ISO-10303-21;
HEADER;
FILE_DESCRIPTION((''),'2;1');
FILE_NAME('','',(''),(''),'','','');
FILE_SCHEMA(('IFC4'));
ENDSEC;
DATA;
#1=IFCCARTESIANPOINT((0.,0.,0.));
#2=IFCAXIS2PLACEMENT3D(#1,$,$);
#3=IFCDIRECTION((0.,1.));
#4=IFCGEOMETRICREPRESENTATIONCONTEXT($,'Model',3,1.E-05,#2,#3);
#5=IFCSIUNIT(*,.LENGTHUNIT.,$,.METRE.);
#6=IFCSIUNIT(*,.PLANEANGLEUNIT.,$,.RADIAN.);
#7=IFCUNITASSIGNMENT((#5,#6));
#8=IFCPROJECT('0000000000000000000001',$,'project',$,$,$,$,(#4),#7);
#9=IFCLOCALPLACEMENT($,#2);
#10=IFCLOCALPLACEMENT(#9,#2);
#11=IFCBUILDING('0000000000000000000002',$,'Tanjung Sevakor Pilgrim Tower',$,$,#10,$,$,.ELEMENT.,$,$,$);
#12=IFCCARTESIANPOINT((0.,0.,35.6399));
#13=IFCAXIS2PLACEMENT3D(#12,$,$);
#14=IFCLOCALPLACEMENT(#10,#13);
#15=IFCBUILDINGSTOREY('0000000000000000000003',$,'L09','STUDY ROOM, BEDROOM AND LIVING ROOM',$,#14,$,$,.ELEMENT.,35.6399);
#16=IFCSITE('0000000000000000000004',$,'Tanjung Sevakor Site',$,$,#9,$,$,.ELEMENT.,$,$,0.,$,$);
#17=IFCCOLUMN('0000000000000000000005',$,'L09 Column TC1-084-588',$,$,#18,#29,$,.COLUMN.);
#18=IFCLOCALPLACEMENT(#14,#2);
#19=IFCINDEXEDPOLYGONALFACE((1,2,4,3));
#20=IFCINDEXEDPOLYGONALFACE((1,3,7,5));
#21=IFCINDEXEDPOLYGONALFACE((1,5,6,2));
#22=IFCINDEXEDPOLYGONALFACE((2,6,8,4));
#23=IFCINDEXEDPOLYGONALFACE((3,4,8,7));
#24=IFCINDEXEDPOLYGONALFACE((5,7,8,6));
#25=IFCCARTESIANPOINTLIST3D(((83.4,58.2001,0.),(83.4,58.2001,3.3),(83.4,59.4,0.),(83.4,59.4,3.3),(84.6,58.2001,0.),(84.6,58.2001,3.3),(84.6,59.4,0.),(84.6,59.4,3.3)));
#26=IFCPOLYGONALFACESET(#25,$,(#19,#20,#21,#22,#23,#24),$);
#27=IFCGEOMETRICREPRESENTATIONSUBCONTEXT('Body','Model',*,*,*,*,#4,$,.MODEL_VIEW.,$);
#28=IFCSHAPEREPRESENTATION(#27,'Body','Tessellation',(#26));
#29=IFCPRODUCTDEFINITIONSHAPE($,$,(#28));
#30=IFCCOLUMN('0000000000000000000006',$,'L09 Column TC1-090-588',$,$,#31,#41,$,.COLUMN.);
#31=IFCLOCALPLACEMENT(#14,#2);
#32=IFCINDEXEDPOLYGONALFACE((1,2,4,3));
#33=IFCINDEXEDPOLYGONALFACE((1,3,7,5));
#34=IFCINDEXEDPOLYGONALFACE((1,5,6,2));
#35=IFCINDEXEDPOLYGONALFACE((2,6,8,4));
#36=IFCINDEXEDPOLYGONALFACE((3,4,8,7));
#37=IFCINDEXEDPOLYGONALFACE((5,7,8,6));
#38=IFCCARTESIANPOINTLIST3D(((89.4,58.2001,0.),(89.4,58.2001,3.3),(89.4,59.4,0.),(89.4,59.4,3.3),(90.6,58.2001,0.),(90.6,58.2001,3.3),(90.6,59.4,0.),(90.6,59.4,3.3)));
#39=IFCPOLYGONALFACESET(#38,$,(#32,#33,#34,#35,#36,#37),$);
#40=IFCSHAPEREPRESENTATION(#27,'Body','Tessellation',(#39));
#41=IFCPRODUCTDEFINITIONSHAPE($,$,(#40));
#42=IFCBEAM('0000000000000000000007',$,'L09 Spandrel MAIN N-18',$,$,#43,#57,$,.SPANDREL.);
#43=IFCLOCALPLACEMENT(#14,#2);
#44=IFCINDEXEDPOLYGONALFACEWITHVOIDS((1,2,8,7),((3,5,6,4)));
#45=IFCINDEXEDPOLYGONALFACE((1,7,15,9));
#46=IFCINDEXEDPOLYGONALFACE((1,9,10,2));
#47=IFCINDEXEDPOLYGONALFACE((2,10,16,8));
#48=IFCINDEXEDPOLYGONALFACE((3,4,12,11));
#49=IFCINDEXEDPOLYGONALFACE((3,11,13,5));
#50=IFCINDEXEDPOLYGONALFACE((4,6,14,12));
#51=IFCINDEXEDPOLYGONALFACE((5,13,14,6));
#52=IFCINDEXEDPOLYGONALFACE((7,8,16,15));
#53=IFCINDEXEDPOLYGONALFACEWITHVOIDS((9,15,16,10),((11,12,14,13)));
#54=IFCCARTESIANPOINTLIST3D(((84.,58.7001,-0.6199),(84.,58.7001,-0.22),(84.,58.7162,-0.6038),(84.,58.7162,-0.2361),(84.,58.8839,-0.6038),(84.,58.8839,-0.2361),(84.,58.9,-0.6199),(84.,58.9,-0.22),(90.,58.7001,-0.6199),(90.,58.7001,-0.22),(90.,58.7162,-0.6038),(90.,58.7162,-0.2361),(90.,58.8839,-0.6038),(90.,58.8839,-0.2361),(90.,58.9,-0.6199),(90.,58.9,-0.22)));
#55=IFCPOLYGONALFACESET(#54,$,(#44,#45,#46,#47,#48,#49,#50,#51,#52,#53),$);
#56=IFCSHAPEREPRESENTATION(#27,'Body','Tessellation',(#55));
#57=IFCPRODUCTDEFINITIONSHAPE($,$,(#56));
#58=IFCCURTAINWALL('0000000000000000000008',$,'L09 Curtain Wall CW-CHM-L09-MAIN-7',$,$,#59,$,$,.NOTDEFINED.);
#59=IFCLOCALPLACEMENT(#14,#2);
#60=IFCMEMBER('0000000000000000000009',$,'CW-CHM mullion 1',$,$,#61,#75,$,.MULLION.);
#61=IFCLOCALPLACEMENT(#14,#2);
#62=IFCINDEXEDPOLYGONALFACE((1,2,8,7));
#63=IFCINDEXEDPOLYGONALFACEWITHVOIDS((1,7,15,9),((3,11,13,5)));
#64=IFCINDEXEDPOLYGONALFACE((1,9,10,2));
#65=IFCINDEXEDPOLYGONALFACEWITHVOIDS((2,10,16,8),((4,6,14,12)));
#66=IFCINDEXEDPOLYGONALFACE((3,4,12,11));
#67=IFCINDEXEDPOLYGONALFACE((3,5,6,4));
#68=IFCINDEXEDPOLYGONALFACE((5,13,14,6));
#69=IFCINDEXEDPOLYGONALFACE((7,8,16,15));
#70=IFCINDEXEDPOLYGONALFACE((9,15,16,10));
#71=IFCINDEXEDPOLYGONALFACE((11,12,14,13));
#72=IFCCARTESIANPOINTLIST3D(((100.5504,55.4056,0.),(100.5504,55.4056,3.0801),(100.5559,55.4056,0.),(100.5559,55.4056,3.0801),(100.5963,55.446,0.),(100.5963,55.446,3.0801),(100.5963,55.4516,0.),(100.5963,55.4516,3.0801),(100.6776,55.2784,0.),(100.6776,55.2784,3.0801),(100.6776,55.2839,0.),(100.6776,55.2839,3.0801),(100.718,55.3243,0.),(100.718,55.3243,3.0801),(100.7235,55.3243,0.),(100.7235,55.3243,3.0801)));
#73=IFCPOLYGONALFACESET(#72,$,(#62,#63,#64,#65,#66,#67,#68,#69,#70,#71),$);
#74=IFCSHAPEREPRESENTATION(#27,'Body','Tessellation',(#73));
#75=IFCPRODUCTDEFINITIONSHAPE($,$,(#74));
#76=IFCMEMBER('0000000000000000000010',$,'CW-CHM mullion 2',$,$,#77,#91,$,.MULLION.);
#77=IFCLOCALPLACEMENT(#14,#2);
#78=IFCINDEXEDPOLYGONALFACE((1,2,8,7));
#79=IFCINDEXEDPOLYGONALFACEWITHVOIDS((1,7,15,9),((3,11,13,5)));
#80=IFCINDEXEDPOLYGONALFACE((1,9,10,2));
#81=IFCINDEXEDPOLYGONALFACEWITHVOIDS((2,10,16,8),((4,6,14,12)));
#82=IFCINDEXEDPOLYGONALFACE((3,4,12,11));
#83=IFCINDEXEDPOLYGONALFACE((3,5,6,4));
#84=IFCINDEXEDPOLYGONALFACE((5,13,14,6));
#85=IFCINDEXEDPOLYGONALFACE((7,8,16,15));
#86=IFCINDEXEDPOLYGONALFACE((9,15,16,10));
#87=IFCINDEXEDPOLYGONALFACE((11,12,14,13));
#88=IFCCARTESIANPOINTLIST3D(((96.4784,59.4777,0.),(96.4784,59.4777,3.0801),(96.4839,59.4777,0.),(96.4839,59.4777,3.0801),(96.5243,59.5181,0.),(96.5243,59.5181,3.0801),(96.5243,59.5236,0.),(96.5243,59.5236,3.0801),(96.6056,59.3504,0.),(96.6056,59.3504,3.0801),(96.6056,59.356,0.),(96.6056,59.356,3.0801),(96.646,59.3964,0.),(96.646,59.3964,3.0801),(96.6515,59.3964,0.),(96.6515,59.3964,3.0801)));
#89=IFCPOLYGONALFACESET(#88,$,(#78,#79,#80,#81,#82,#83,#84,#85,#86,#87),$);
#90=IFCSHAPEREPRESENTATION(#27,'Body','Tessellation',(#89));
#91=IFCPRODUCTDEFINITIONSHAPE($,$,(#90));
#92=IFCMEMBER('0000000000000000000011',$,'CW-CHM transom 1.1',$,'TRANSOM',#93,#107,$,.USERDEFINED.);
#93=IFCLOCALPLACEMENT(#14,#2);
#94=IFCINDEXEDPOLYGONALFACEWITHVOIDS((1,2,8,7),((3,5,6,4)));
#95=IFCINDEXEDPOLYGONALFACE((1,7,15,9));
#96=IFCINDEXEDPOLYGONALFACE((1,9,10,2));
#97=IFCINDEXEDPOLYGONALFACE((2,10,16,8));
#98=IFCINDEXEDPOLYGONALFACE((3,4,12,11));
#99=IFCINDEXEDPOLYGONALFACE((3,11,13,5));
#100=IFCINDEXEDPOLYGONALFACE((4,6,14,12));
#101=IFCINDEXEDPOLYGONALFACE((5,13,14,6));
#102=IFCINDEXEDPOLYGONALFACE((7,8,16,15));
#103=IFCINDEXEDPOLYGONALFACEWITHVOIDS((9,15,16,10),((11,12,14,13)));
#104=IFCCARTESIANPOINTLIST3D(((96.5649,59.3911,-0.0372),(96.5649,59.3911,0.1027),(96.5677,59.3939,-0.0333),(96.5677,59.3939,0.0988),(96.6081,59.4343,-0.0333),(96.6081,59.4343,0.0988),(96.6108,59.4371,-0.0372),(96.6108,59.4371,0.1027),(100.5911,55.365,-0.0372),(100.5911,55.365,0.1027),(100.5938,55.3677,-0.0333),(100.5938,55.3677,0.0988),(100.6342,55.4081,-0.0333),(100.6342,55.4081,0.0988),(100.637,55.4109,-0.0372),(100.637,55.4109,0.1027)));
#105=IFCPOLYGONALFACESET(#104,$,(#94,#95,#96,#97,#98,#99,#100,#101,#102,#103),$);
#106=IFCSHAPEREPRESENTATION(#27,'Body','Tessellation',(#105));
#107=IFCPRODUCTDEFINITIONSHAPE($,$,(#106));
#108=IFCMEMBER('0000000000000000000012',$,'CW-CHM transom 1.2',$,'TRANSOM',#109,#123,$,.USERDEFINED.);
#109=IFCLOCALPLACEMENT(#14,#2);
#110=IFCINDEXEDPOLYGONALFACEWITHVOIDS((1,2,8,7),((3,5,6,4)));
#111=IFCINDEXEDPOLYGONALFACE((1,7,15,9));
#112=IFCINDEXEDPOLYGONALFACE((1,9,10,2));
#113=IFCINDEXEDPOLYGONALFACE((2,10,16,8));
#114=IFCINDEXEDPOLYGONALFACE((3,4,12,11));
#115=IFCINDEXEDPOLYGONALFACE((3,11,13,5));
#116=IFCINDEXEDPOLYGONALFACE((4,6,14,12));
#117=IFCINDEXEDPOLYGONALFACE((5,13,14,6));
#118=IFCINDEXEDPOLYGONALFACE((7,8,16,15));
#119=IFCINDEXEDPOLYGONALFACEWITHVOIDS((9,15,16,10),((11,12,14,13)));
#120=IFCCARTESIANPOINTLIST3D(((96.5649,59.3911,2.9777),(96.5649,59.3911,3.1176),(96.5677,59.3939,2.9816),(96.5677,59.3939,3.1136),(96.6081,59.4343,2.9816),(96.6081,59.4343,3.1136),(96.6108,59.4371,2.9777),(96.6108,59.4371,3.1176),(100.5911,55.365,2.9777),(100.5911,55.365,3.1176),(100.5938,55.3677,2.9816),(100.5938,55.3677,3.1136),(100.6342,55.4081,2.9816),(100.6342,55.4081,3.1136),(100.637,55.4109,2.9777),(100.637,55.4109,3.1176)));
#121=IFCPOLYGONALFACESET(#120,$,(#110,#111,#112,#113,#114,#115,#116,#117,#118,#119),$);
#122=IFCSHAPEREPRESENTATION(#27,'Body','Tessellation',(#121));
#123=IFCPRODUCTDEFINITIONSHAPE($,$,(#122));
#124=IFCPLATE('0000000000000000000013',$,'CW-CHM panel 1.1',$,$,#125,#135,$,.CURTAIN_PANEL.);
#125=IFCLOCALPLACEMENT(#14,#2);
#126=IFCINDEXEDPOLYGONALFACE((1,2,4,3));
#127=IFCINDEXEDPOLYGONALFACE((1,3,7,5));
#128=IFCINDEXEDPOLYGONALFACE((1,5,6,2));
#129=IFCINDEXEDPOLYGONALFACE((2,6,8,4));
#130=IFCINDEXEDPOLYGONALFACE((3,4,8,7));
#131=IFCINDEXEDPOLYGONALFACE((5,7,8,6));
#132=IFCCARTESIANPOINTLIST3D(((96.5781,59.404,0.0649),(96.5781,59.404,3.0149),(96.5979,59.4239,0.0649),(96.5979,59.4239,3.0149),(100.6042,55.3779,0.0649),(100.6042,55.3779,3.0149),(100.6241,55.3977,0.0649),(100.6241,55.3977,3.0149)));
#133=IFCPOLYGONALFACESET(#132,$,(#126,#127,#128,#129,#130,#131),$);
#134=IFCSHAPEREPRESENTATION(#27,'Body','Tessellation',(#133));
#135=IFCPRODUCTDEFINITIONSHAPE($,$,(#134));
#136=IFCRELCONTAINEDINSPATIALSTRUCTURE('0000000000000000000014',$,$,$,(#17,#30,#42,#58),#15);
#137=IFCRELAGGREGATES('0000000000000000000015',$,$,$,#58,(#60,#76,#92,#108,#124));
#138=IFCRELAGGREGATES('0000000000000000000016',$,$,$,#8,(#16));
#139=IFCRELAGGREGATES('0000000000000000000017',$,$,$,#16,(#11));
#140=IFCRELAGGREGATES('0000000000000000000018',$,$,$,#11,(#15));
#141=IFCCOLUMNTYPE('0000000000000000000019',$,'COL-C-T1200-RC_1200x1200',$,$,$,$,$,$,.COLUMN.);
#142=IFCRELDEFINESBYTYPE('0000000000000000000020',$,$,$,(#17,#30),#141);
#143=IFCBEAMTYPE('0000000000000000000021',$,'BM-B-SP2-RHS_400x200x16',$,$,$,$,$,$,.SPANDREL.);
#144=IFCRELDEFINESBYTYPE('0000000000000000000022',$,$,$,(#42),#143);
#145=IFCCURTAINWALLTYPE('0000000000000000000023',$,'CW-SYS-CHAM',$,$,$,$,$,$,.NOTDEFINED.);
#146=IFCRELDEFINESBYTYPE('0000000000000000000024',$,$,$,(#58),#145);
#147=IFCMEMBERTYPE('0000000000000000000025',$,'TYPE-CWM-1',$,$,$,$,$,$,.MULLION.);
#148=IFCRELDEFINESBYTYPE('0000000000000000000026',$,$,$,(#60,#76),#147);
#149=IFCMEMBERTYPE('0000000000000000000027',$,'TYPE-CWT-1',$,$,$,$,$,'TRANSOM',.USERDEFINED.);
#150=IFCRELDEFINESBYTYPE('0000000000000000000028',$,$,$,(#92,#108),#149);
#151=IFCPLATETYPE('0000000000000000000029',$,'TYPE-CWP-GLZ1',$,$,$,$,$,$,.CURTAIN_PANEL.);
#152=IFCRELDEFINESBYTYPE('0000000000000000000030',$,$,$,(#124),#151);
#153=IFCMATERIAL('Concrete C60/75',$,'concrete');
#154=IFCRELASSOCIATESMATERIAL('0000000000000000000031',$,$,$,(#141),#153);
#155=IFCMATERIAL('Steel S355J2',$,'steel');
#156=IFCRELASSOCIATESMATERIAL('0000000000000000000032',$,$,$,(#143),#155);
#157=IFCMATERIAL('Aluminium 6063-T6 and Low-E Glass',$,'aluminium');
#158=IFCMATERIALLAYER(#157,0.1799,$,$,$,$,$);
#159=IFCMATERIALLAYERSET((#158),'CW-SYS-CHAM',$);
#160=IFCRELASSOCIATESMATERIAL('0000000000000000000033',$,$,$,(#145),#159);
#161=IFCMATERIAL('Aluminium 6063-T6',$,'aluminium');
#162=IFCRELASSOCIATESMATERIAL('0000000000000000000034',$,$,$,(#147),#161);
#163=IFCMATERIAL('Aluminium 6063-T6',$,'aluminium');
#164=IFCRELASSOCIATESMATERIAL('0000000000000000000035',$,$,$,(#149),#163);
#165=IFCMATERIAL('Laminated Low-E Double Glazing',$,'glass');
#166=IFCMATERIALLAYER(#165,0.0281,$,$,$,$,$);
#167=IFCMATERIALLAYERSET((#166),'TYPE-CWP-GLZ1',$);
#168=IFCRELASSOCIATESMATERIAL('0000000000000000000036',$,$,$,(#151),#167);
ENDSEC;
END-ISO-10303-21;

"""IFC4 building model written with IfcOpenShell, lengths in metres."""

from ifc_helpers import new_model, si_unit, direction, frame, origin, origin_2d, place, context, subcontext, project, spatial, rectangle, hollow_rectangle, extrude, material, layer, layer_set, material_profile, profile_set, type_object, element, aggregate, save


model = new_model("IFC4")

# Units and contexts
model_context = context("Model", 3, precision=1e-05, world=origin(), true_north=direction((0.0, 1.0)))
body_context = subcontext(model_context, "Body", "Model", "MODEL_VIEW")
ifc_project = project(units=[si_unit("LENGTHUNIT", "METRE"), si_unit("PLANEANGLEUNIT", "RADIAN")], contexts=[model_context])

# Site, building, storey
site_placement = place(None, origin())
site = spatial("IfcSite", under=ifc_project, at=site_placement, Name="Tanjung Sevakor Site", CompositionType="ELEMENT", RefElevation=0.0)
building_placement = place(site_placement, origin())
building = spatial("IfcBuilding", under=site, at=building_placement, Name="Tanjung Sevakor Pilgrim Tower", CompositionType="ELEMENT")
storey_placement = place(building_placement, frame((0.0, 0.0, 35.6399)))
storey = spatial("IfcBuildingStorey", under=building, at=storey_placement, Name="L09", Description="STUDY ROOM, BEDROOM AND LIVING ROOM", CompositionType="ELEMENT", Elevation=35.6399)

# Columns
ifc_material_1 = material(Name="Concrete C60/75", Category="concrete")
ifc_material_profile_1 = material_profile(ifc_material_1, rectangle(XDim=1.2, YDim=1.2, at=origin_2d()))
ifc_profile_set_1 = profile_set([ifc_material_profile_1], Name="Concrete C60/75")
column_type = type_object("IfcColumnType", Name="COL-C-T1200-RC_1200x1200", PredefinedType="COLUMN", material=ifc_profile_set_1)
for number, where, z_axis, x_axis, name in (
    (1, (84.0, 58.8, 0.0), (0.0, 0.0, 1.0), (1.0, 0.0, 0.0), "L09 Column TC1-084-588"),
    (2, (90.0, 58.8, 0.0), (0.0, 0.0, 1.0), (1.0, 0.0, 0.0), "L09 Column TC1-090-588"),
):
    element("IfcColumn", number, at=place(storey_placement, frame(where, z_axis=z_axis, x_axis=x_axis)), inside=storey, type_object=column_type, Name=name, PredefinedType="COLUMN", context=body_context, shape_type="SweptSolid", body=[
        extrude(rectangle(XDim=1.2, YDim=1.2, at=origin_2d()), origin(), (0.0, 0.0, 1.0), 3.3),
    ])

# Beam
ifc_material_2 = material(Name="Steel S355J2", Category="steel")
ifc_material_profile_2 = material_profile(ifc_material_2, hollow_rectangle(XDim=0.2, YDim=0.3999, WallThickness=0.0161, at=origin_2d()))
ifc_profile_set_2 = profile_set([ifc_material_profile_2], Name="Steel S355J2")
beam_type = type_object("IfcBeamType", Name="BM-B-SP2-RHS_400x200x16", PredefinedType="SPANDREL", material=ifc_profile_set_2)
beam_placement = place(storey_placement, frame((84.0, 58.8, -0.4199), z_axis=(1.0, 0.0, 0.0), x_axis=(0.0, 1.0, 0.0)))
element("IfcBeam", 3, at=beam_placement, inside=storey, type_object=beam_type, Name="L09 Spandrel MAIN N-18", PredefinedType="SPANDREL", context=body_context, shape_type="SweptSolid", body=[
    extrude(hollow_rectangle(XDim=0.2, YDim=0.3999, WallThickness=0.0161, at=origin_2d()), origin(), (0.0, 0.0, 1.0), 6.0),
])

# Curtain wall, members, plate
ifc_material_3 = material(Name="Aluminium 6063-T6 and Low-E Glass", Category="aluminium")
ifc_layer_1 = layer(ifc_material_3, 0.1799)
ifc_layer_set_1 = layer_set([ifc_layer_1], Name="CW-SYS-CHAM")
curtain_wall_type = type_object("IfcCurtainWallType", Name="CW-SYS-CHAM", PredefinedType="NOTDEFINED", material=ifc_layer_set_1)
curtain_wall_placement = place(storey_placement, origin())
curtain_wall = element("IfcCurtainWall", 4, at=curtain_wall_placement, inside=storey, type_object=curtain_wall_type, Name="L09 Curtain Wall CW-CHM-L09-MAIN-7", PredefinedType="NOTDEFINED")
ifc_material_4 = material(Name="Aluminium 6063-T6", Category="aluminium")
ifc_material_profile_3 = material_profile(ifc_material_4, hollow_rectangle(XDim=0.0649, YDim=0.1799, WallThickness=0.0039, at=origin_2d()))
ifc_profile_set_3 = profile_set([ifc_material_profile_3], Name="Aluminium 6063-T6")
member_type_1 = type_object("IfcMemberType", Name="TYPE-CWM-1", PredefinedType="MULLION", material=ifc_profile_set_3)
member_1_placement = place(storey_placement, frame((100.637, 55.365, 0.0), z_axis=(0.0, 0.0, 1.0), x_axis=(-0.707107, -0.707107, 0.0)))
member_1 = element("IfcMember", 5, at=member_1_placement, type_object=member_type_1, Name="CW-CHM mullion 1", PredefinedType="MULLION", context=body_context, shape_type="SweptSolid", body=[
    extrude(hollow_rectangle(XDim=0.0649, YDim=0.1799, WallThickness=0.0039, at=origin_2d()), origin(), (0.0, 0.0, 1.0), 3.0801),
])
member_2_placement = place(storey_placement, frame((96.5649, 59.437, 0.0), z_axis=(0.0, 0.0, 1.0), x_axis=(-0.707107, -0.707107, 0.0)))
member_2 = element("IfcMember", 6, at=member_2_placement, type_object=member_type_1, Name="CW-CHM mullion 2", PredefinedType="MULLION", context=body_context, shape_type="SweptSolid", body=[
    extrude(hollow_rectangle(XDim=0.0649, YDim=0.1799, WallThickness=0.0039, at=origin_2d()), origin(), (0.0, 0.0, 1.0), 3.0801),
])
ifc_material_5 = material(Name="Aluminium 6063-T6", Category="aluminium")
ifc_material_profile_4 = material_profile(ifc_material_5, hollow_rectangle(XDim=0.0649, YDim=0.1399, WallThickness=0.0039, at=origin_2d()))
ifc_profile_set_4 = profile_set([ifc_material_profile_4], Name="Aluminium 6063-T6")
member_type_2 = type_object("IfcMemberType", Name="TYPE-CWT-1", ElementType="TRANSOM", PredefinedType="USERDEFINED", material=ifc_profile_set_4)
member_3_placement = place(storey_placement, frame((100.614, 55.3879, 0.0327), z_axis=(-0.707107, 0.707107, 0.0), x_axis=(-0.707107, -0.707107, 0.0)))
member_3 = element("IfcMember", 7, at=member_3_placement, type_object=member_type_2, Name="CW-CHM transom 1.1", ObjectType="TRANSOM", PredefinedType="USERDEFINED", context=body_context, shape_type="SweptSolid", body=[
    extrude(hollow_rectangle(XDim=0.0649, YDim=0.1399, WallThickness=0.0039, at=origin_2d()), origin(), (0.0, 0.0, 1.0), 5.6938),
])
member_4_placement = place(storey_placement, frame((100.614, 55.3879, 3.0476), z_axis=(-0.707107, 0.707107, 0.0), x_axis=(-0.707107, -0.707107, 0.0)))
member_4 = element("IfcMember", 8, at=member_4_placement, type_object=member_type_2, Name="CW-CHM transom 1.2", ObjectType="TRANSOM", PredefinedType="USERDEFINED", context=body_context, shape_type="SweptSolid", body=[
    extrude(hollow_rectangle(XDim=0.0649, YDim=0.1399, WallThickness=0.0039, at=origin_2d()), origin(), (0.0, 0.0, 1.0), 5.6938),
])
ifc_material_6 = material(Name="Laminated Low-E Double Glazing", Category="glass")
ifc_layer_2 = layer(ifc_material_6, 0.0281)
ifc_layer_set_2 = layer_set([ifc_layer_2], Name="TYPE-CWP-GLZ1")
plate_type = type_object("IfcPlateType", Name="TYPE-CWP-GLZ1", PredefinedType="CURTAIN_PANEL", material=ifc_layer_set_2)
plate_placement = place(storey_placement, frame((98.6011, 57.4009, 0.0649), z_axis=(0.0, 0.0, 1.0), x_axis=(-0.707107, 0.707107, 0.0)))
plate = element("IfcPlate", 9, at=plate_placement, type_object=plate_type, Name="CW-CHM panel 1.1", PredefinedType="CURTAIN_PANEL", context=body_context, shape_type="SweptSolid", body=[
    extrude(rectangle(XDim=5.6938, YDim=0.0281, at=origin_2d()), origin(), (0.0, 0.0, 1.0), 2.95),
])
aggregate(curtain_wall, [member_1, member_2, member_3, member_4, plate])

save(model, "model.ifc")
